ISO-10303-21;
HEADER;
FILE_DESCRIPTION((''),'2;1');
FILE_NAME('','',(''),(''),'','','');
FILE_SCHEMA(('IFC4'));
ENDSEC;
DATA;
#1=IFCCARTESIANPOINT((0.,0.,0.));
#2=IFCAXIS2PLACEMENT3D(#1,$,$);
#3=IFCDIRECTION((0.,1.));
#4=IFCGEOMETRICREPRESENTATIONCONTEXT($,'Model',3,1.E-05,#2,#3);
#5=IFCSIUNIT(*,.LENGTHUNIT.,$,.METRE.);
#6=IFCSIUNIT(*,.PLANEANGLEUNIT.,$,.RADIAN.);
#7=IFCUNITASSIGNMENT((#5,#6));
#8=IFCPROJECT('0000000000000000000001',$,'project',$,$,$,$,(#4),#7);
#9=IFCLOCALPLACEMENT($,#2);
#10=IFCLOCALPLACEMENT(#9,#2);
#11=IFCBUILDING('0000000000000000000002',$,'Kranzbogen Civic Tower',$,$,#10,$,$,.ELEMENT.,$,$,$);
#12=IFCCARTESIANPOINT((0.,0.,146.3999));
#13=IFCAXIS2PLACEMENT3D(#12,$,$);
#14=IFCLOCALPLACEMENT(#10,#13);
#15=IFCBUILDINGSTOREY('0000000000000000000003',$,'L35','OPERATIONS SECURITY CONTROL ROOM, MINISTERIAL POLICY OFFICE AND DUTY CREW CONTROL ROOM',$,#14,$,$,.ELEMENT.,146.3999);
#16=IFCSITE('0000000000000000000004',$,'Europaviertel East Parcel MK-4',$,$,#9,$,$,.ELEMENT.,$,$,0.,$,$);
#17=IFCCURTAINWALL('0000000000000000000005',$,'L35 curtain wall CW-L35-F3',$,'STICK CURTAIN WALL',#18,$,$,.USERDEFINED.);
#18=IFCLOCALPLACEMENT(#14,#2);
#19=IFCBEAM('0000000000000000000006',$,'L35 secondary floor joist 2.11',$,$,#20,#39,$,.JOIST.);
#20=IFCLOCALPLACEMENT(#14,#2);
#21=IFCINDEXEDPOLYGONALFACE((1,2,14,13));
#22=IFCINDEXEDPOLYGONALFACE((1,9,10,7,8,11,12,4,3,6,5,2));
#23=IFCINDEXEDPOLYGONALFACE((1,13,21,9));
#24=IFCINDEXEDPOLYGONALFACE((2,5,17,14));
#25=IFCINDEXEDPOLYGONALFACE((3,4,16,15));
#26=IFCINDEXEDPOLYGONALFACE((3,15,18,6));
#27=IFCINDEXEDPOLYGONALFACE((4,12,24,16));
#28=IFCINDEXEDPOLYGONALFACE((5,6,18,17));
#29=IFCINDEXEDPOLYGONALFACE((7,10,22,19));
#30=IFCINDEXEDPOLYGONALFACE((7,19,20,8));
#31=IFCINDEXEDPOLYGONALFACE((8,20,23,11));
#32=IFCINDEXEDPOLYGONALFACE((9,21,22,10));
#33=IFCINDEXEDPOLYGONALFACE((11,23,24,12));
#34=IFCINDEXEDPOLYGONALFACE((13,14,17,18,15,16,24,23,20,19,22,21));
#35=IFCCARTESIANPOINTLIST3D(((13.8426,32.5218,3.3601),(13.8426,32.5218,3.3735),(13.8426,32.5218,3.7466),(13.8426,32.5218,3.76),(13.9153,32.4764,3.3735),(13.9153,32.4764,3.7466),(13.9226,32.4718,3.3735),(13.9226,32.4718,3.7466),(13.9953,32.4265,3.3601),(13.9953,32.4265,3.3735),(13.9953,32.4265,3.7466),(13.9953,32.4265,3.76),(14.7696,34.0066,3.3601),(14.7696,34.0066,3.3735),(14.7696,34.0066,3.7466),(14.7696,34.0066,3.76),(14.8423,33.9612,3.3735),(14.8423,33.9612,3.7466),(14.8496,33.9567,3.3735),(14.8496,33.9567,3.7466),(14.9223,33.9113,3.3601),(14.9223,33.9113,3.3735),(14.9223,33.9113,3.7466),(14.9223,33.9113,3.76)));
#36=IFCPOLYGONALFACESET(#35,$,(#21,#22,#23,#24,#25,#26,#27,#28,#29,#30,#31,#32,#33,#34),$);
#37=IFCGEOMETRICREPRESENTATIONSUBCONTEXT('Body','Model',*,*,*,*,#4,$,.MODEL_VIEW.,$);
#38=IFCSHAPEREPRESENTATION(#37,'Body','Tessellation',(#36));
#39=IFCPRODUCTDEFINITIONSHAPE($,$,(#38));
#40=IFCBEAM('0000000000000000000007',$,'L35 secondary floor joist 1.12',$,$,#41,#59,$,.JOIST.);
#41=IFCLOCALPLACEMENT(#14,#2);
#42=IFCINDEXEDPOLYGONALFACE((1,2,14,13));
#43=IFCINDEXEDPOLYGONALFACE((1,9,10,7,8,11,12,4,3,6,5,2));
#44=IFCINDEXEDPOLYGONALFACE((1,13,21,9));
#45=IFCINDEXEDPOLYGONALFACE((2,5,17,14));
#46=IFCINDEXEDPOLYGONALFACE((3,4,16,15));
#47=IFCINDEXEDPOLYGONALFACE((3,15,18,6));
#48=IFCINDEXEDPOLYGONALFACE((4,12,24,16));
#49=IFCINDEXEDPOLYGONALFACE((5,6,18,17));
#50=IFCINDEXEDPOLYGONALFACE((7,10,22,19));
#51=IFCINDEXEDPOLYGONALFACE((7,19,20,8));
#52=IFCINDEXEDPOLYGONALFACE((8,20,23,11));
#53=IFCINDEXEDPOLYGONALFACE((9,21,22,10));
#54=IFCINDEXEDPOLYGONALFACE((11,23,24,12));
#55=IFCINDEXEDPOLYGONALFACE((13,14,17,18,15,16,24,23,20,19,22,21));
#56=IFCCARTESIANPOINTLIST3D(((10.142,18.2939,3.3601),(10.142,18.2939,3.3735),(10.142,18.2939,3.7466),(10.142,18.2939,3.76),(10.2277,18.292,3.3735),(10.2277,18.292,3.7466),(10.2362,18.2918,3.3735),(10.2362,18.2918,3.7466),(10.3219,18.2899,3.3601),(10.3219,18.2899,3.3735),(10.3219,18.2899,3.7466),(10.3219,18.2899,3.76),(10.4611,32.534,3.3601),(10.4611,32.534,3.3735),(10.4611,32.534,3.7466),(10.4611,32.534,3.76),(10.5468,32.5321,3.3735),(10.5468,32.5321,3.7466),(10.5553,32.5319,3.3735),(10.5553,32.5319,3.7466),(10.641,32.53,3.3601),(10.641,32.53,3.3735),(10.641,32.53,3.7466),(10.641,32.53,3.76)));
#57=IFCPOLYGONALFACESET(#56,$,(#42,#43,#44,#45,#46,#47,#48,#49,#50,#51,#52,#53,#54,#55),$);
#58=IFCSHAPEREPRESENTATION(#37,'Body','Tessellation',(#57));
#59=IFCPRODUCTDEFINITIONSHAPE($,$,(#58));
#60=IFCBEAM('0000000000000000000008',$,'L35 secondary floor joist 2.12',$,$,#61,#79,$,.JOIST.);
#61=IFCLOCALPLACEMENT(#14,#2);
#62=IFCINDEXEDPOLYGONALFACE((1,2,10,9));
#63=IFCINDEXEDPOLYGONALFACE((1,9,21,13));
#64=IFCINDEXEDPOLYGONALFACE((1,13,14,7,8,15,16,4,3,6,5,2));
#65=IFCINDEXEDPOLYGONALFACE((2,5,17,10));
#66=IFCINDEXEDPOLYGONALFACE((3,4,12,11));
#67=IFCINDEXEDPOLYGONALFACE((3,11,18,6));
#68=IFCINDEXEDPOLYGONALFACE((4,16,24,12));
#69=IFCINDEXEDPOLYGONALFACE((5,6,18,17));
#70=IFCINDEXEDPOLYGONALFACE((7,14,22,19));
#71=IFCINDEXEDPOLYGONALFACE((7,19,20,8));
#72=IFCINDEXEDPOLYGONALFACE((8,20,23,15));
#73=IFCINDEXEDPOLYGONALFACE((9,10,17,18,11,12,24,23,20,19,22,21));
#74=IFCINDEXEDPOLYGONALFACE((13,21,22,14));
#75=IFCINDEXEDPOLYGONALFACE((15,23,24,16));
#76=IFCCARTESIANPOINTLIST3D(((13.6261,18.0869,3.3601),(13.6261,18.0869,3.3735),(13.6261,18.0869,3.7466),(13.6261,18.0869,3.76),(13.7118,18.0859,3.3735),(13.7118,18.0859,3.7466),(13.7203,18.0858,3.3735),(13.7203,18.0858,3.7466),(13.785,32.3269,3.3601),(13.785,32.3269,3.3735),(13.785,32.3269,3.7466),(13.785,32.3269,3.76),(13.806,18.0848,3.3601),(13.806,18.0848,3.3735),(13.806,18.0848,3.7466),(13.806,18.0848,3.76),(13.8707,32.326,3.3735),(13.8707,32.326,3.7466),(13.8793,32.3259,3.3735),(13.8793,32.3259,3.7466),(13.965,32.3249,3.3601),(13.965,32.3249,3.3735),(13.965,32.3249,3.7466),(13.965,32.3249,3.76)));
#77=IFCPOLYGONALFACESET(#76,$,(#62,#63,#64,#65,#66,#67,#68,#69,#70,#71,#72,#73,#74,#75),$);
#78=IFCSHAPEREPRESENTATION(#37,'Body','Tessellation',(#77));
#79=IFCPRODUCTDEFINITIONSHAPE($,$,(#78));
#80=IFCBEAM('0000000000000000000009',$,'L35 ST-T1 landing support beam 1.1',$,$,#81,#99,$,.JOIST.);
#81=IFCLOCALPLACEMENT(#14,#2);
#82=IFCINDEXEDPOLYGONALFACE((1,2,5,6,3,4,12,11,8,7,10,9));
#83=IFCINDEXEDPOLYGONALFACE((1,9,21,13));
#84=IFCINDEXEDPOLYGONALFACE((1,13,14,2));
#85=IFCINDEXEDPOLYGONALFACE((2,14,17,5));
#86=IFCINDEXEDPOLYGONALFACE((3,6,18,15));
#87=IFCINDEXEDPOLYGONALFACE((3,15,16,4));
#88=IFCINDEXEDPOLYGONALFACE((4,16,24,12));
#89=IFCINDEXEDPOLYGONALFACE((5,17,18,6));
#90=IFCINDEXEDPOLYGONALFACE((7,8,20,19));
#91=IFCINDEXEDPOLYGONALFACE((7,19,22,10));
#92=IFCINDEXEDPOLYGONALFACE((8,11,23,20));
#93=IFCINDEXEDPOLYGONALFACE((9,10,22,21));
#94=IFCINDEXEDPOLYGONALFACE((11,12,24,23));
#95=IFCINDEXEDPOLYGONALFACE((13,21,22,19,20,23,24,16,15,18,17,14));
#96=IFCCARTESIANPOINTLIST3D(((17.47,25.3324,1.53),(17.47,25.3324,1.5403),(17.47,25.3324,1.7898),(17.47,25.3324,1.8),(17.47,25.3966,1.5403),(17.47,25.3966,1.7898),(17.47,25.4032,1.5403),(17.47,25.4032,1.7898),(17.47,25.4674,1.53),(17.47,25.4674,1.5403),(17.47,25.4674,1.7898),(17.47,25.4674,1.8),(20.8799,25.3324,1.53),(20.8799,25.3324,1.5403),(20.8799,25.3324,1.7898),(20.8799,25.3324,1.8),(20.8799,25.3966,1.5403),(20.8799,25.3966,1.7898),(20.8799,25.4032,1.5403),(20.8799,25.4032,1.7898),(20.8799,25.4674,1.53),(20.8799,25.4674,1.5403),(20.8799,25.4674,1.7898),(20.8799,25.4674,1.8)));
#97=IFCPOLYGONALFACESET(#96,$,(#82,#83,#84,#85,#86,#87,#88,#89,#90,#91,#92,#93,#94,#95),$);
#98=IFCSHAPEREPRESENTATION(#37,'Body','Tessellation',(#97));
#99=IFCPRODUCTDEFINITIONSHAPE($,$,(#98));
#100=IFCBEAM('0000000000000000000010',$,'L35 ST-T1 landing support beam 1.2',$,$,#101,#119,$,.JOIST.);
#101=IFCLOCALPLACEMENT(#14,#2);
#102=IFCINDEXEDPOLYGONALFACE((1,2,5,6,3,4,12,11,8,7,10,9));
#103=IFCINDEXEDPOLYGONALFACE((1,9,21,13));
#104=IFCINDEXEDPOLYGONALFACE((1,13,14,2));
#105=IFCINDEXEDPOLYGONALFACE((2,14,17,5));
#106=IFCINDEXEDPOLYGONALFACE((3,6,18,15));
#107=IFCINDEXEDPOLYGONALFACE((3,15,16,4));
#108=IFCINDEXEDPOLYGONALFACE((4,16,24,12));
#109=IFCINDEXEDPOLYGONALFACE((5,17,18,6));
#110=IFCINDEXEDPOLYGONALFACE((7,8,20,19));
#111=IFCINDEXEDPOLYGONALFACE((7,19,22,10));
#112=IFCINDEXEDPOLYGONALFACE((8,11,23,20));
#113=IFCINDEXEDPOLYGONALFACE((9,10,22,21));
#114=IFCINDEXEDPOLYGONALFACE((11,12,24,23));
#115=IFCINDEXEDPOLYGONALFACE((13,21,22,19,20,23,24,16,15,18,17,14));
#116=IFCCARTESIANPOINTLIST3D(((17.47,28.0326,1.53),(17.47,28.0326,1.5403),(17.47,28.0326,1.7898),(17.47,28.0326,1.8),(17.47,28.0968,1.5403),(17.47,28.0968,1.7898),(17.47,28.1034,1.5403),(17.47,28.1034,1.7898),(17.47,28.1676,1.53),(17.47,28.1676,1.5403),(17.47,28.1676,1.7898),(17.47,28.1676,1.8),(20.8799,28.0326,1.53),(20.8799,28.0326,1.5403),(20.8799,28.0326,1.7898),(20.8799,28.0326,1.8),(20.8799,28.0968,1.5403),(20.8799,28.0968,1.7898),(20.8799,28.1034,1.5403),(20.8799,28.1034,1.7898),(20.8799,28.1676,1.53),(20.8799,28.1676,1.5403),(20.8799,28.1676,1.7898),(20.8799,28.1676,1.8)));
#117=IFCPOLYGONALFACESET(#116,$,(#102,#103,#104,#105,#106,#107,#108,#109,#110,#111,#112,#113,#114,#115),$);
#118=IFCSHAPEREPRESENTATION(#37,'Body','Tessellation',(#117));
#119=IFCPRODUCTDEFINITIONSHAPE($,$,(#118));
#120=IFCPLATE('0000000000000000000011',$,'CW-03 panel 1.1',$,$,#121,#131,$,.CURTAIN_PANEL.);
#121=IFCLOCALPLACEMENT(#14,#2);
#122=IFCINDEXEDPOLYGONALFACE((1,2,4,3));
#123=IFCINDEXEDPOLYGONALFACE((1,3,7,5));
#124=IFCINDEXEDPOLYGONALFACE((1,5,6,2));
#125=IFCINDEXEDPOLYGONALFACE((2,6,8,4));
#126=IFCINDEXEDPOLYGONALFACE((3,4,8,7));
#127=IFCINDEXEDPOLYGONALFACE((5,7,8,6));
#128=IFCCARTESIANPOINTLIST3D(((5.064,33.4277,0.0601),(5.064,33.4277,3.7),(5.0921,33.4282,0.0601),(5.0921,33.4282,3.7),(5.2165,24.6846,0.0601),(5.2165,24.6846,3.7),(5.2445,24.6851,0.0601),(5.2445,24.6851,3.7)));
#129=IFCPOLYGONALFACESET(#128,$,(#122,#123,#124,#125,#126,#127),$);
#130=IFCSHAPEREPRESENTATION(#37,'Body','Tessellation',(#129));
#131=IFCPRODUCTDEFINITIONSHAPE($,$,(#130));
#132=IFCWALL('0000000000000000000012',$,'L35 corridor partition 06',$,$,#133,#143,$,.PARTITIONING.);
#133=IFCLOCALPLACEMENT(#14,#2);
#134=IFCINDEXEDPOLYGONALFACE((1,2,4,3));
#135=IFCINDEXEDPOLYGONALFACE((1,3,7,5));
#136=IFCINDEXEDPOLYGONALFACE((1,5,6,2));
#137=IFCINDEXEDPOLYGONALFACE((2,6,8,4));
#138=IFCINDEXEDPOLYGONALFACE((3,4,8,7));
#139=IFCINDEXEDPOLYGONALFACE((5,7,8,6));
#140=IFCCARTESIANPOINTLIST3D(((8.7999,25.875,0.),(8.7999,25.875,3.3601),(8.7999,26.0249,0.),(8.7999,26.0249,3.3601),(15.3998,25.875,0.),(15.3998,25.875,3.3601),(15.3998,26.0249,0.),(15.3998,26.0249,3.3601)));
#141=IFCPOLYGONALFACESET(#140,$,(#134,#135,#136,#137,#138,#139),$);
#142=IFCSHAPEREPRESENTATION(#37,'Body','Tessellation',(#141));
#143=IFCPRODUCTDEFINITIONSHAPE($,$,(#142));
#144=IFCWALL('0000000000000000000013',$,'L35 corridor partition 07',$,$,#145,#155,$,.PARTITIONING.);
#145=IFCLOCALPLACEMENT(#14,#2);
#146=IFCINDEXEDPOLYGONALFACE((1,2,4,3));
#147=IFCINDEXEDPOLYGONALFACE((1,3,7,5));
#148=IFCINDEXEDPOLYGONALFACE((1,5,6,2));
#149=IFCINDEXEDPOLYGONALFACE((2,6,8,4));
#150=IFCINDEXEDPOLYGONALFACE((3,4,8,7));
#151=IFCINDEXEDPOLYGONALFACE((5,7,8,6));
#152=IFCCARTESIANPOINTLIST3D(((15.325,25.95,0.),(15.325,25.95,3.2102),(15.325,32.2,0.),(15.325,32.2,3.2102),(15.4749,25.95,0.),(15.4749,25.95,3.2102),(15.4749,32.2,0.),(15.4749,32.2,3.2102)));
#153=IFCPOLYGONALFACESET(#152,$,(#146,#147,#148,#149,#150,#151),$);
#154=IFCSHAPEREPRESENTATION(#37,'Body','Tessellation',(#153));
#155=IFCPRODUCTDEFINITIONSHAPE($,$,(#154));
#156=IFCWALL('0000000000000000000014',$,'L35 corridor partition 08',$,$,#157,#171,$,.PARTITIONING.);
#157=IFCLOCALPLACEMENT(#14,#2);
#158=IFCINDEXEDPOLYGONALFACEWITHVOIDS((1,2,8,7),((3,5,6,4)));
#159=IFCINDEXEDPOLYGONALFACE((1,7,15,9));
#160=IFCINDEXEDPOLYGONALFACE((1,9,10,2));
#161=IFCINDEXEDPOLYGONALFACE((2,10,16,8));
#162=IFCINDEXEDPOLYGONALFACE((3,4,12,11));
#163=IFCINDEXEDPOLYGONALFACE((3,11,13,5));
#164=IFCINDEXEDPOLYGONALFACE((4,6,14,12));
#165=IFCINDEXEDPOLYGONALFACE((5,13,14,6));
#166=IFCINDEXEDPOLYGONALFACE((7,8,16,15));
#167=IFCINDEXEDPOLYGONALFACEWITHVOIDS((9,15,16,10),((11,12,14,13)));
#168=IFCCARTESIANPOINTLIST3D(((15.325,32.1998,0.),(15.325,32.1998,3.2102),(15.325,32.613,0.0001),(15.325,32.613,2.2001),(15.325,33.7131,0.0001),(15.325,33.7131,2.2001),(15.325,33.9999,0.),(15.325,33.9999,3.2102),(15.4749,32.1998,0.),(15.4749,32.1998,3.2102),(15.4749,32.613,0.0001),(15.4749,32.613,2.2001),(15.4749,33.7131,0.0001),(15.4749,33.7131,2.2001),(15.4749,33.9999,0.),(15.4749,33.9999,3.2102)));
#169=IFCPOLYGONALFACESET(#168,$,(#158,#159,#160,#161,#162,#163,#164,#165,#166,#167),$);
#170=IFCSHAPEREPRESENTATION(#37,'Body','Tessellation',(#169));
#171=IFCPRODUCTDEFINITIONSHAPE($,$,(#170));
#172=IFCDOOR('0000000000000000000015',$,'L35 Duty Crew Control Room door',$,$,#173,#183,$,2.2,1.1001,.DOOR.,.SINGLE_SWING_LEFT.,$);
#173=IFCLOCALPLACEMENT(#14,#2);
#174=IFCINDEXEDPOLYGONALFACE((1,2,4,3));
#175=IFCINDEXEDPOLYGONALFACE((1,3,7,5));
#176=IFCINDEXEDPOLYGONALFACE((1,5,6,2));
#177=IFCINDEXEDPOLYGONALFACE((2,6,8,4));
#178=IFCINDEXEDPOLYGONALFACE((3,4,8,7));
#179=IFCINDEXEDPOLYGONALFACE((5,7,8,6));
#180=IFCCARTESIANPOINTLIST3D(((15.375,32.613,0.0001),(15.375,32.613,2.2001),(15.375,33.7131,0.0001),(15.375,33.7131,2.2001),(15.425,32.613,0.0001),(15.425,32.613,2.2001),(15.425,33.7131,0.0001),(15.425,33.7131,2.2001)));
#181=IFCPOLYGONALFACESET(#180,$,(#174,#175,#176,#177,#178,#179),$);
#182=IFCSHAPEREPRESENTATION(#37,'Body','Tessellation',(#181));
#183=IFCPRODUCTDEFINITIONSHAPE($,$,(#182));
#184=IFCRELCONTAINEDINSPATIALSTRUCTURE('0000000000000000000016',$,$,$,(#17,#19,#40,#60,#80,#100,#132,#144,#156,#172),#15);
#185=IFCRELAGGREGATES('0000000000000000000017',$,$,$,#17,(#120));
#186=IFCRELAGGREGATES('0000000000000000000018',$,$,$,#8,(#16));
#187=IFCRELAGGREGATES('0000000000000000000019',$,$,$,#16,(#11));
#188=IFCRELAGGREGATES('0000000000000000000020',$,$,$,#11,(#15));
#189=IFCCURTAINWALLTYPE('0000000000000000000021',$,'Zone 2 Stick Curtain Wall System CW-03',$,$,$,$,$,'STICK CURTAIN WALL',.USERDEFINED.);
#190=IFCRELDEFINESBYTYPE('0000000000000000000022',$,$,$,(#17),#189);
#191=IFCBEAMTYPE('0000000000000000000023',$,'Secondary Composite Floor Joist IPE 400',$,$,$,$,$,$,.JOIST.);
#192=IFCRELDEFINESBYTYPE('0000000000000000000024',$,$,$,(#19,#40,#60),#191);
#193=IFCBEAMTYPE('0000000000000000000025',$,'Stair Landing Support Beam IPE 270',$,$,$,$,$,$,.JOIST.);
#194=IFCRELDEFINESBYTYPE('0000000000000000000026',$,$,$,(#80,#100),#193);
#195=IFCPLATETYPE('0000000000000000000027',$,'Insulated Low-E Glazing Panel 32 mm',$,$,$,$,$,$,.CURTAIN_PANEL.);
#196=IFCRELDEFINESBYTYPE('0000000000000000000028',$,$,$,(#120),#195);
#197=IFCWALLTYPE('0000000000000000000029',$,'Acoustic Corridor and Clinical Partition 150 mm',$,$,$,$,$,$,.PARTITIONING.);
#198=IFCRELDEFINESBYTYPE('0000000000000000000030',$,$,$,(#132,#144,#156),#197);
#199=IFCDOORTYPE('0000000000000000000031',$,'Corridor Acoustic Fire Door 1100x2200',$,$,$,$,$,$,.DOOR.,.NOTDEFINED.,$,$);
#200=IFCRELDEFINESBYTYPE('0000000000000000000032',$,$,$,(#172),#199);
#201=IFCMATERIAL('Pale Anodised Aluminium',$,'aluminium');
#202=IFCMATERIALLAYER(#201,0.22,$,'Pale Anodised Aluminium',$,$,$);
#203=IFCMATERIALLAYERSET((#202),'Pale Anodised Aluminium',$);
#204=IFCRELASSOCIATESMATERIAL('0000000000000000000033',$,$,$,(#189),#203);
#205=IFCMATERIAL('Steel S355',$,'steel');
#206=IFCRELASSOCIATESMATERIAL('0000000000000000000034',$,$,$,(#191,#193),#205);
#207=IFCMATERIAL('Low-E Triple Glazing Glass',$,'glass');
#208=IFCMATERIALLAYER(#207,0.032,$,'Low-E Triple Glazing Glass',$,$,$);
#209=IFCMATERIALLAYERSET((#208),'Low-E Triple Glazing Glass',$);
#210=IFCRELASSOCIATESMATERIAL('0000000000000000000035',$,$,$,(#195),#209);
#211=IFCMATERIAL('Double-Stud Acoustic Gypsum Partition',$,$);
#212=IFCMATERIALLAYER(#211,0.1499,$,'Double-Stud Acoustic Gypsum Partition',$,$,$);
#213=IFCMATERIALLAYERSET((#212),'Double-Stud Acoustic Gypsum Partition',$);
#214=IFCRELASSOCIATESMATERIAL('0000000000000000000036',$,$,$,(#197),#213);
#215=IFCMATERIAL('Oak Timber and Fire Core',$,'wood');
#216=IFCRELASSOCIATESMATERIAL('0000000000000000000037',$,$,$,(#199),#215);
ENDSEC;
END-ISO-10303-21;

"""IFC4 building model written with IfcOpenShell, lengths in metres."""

from ifc_helpers import new_model, si_unit, direction, frame, frame_2d, origin, origin_2d, place, context, subcontext, project, spatial, rectangle, i_section, extrude, material, layer, layer_set, material_profile, profile_set, type_object, element, fill, aggregate, save


model = new_model("IFC4")

# Units and contexts
model_context = context("Model", 3, precision=1e-05, world=origin(), true_north=direction((0.0, 1.0)))
body_context = subcontext(model_context, "Body", "Model", "MODEL_VIEW")
ifc_project = project(units=[si_unit("LENGTHUNIT", "METRE"), si_unit("PLANEANGLEUNIT", "RADIAN")], contexts=[model_context])

# Site, building, storey
site_placement = place(None, origin())
site = spatial("IfcSite", under=ifc_project, at=site_placement, Name="Europaviertel East Parcel MK-4", CompositionType="ELEMENT", RefElevation=0.0)
building_placement = place(site_placement, origin())
building = spatial("IfcBuilding", under=site, at=building_placement, Name="Kranzbogen Civic Tower", CompositionType="ELEMENT")
storey_placement = place(building_placement, frame((0.0, 0.0, 146.3999)))
storey = spatial("IfcBuildingStorey", under=building, at=storey_placement, Name="L35", Description="OPERATIONS SECURITY CONTROL ROOM, MINISTERIAL POLICY OFFICE AND DUTY CREW CONTROL ROOM", CompositionType="ELEMENT", Elevation=146.3999)

# Shared definitions
ifc_material_1 = material(Name="Steel S355", Category="steel")

# Curtain wall
ifc_material_2 = material(Name="Pale Anodised Aluminium", Category="aluminium")
ifc_layer_1 = layer(ifc_material_2, 0.22, Name="Pale Anodised Aluminium")
ifc_layer_set_1 = layer_set([ifc_layer_1], Name="Pale Anodised Aluminium")
curtain_wall_type = type_object("IfcCurtainWallType", Name="Zone 2 Stick Curtain Wall System CW-03", ElementType="STICK CURTAIN WALL", PredefinedType="USERDEFINED", material=ifc_layer_set_1)
curtain_wall_placement = place(storey_placement, origin())
curtain_wall = element("IfcCurtainWall", 1, at=curtain_wall_placement, inside=storey, type_object=curtain_wall_type, Name="L35 curtain wall CW-L35-F3", ObjectType="STICK CURTAIN WALL", PredefinedType="USERDEFINED")

# Beams
ifc_material_profile_1 = material_profile(ifc_material_1, i_section(OverallWidth=0.1799, OverallDepth=0.3999, WebThickness=0.0085, FlangeThickness=0.0134, at=origin_2d()), Name="IPE 400")
ifc_profile_set_1 = profile_set([ifc_material_profile_1], Name="Steel S355")
beam_type_1 = type_object("IfcBeamType", Name="Secondary Composite Floor Joist IPE 400", PredefinedType="JOIST", material=ifc_profile_set_1)
beam_1_placement = place(storey_placement, frame((14.8459, 33.959, 3.5601), z_axis=(-0.529573, -0.848265, 0.0), x_axis=(0.848265, -0.529573, 0.0)))
element("IfcBeam", 2, at=beam_1_placement, inside=storey, type_object=beam_type_1, Name="L35 secondary floor joist 2.11", PredefinedType="JOIST", context=body_context, shape_type="SweptSolid", body=[
    extrude(i_section(OverallWidth=0.1799, OverallDepth=0.3999, WebThickness=0.0085, FlangeThickness=0.0134, at=origin_2d()), origin(), (0.0, 0.0, 1.0), 1.7505),
])
beam_2_placement = place(storey_placement, frame((10.551, 32.532, 3.5601), z_axis=(-0.022403, -0.999749, 0.0), x_axis=(0.999749, -0.022403, 0.0)))
element("IfcBeam", 3, at=beam_2_placement, inside=storey, type_object=beam_type_1, Name="L35 secondary floor joist 1.12", PredefinedType="JOIST", context=body_context, shape_type="SweptSolid", body=[
    extrude(i_section(OverallWidth=0.1799, OverallDepth=0.3999, WebThickness=0.0085, FlangeThickness=0.0134, at=origin_2d()), origin(), (0.0, 0.0, 1.0), 14.2437),
])
beam_3_placement = place(storey_placement, frame((13.875, 32.3259, 3.5601), z_axis=(-0.011161, -0.999938, 0.0), x_axis=(0.999938, -0.011161, 0.0)))
element("IfcBeam", 4, at=beam_3_placement, inside=storey, type_object=beam_type_1, Name="L35 secondary floor joist 2.12", PredefinedType="JOIST", context=body_context, shape_type="SweptSolid", body=[
    extrude(i_section(OverallWidth=0.1799, OverallDepth=0.3999, WebThickness=0.0085, FlangeThickness=0.0134, at=origin_2d()), origin(), (0.0, 0.0, 1.0), 14.241),
])
ifc_material_profile_2 = material_profile(ifc_material_1, i_section(OverallWidth=0.135, OverallDepth=0.27, WebThickness=0.0066, FlangeThickness=0.0103, at=origin_2d()), Name="IPE 270")
ifc_profile_set_2 = profile_set([ifc_material_profile_2], Name="Steel S355")
beam_type_2 = type_object("IfcBeamType", Name="Stair Landing Support Beam IPE 270", PredefinedType="JOIST", material=ifc_profile_set_2)
for number, where, z_axis, x_axis, name in (
    (5, (20.8799, 25.3999, 1.665), (-1.0, 0.0, 0.0), (0.0, -1.0, 0.0), "L35 ST-T1 landing support beam 1.1"),
    (6, (20.8799, 28.1001, 1.665), (-1.0, 0.0, 0.0), (0.0, -1.0, 0.0), "L35 ST-T1 landing support beam 1.2"),
):
    element("IfcBeam", number, at=place(storey_placement, frame(where, z_axis=z_axis, x_axis=x_axis)), inside=storey, type_object=beam_type_2, Name=name, PredefinedType="JOIST", context=body_context, shape_type="SweptSolid", body=[
        extrude(i_section(OverallWidth=0.135, OverallDepth=0.27, WebThickness=0.0066, FlangeThickness=0.0103, at=origin_2d()), origin(), (0.0, 0.0, 1.0), 3.4099),
    ])

# Plate
ifc_material_3 = material(Name="Low-E Triple Glazing Glass", Category="glass")
ifc_layer_2 = layer(ifc_material_3, 0.032, Name="Low-E Triple Glazing Glass")
ifc_layer_set_2 = layer_set([ifc_layer_2], Name="Low-E Triple Glazing Glass")
plate_type = type_object("IfcPlateType", Name="Insulated Low-E Glazing Panel 32 mm", PredefinedType="CURTAIN_PANEL", material=ifc_layer_set_2)
plate_placement = place(storey_placement, frame((5.1543, 29.0564, 0.0601), z_axis=(0.0, 0.0, 1.0), x_axis=(0.017432, -0.999848, 0.0)))
plate = element("IfcPlate", 7, at=plate_placement, type_object=plate_type, Name="CW-03 panel 1.1", PredefinedType="CURTAIN_PANEL", context=body_context, shape_type="SweptSolid", body=[
    extrude(rectangle(XDim=8.7444, YDim=0.0281, at=origin_2d()), origin(), (0.0, 0.0, 1.0), 3.6399),
])
aggregate(curtain_wall, [plate])

# Walls
ifc_material_4 = material(Name="Double-Stud Acoustic Gypsum Partition")
ifc_layer_3 = layer(ifc_material_4, 0.1499, Name="Double-Stud Acoustic Gypsum Partition")
ifc_layer_set_3 = layer_set([ifc_layer_3], Name="Double-Stud Acoustic Gypsum Partition")
wall_type_1 = type_object("IfcWallType", Name="Acoustic Corridor and Clinical Partition 150 mm", PredefinedType="PARTITIONING", material=ifc_layer_set_3)
wall_1_placement = place(storey_placement, frame((8.8, 25.95, 0.0), z_axis=(0.0, 0.0, 1.0), x_axis=(1.0, 0.0, 0.0)))
element("IfcWall", 8, at=wall_1_placement, inside=storey, type_object=wall_type_1, Name="L35 corridor partition 06", PredefinedType="PARTITIONING", context=body_context, shape_type="SweptSolid", body=[
    extrude(rectangle(XDim=6.5999, YDim=0.1499, at=frame_2d((3.2998, 0.0))), origin(), (0.0, 0.0, 1.0), 3.3601),
])
wall_2_placement = place(storey_placement, frame((15.3999, 25.95, 0.0), z_axis=(0.0, 0.0, 1.0), x_axis=(0.0, 1.0, 0.0)))
element("IfcWall", 9, at=wall_2_placement, inside=storey, type_object=wall_type_1, Name="L35 corridor partition 07", PredefinedType="PARTITIONING", context=body_context, shape_type="SweptSolid", body=[
    extrude(rectangle(XDim=6.25, YDim=0.1499, at=frame_2d((3.125, 0.0))), origin(), (0.0, 0.0, 1.0), 3.2102),
])

# Wall, opening, door
wall_3_placement = place(storey_placement, frame((15.3999, 32.2, 0.0), z_axis=(0.0, 0.0, 1.0), x_axis=(0.0, 1.0, 0.0)))
wall_3 = element("IfcWall", 10, at=wall_3_placement, inside=storey, type_object=wall_type_1, Name="L35 corridor partition 08", PredefinedType="PARTITIONING", context=body_context, shape_type="SweptSolid", body=[
    extrude(rectangle(XDim=1.8, YDim=0.1499, at=frame_2d((0.8999, 0.0))), origin(), (0.0, 0.0, 1.0), 3.2102),
])
opening_1_placement = place(wall_3_placement, frame((0.4131, 0.0, 0.0)))
opening_1 = element("IfcOpeningElement", 11, at=opening_1_placement, cuts=wall_3, PredefinedType="OPENING", context=body_context, shape_type="SweptSolid", body=[
    extrude(rectangle(XDim=1.1001, YDim=2.2, at=frame_2d((0.55, 1.1001))), frame((0.0, 0.085, 0.0), z_axis=(0.0, -1.0, 0.0), x_axis=(1.0, 0.0, 0.0)), (0.0, 0.0, 1.0), 0.1699),
])
ifc_material_5 = material(Name="Oak Timber and Fire Core", Category="wood")
door_type_1 = type_object("IfcDoorType", Name="Corridor Acoustic Fire Door 1100x2200", OperationType="NOTDEFINED", PredefinedType="DOOR", material=ifc_material_5)
door_1_placement = place(opening_1_placement, origin())
door_1 = element("IfcDoor", 12, at=door_1_placement, inside=storey, type_object=door_type_1, Name="L35 Duty Crew Control Room door", OperationType="SINGLE_SWING_LEFT", OverallHeight=2.2, OverallWidth=1.1001, PredefinedType="DOOR", context=body_context, shape_type="SweptSolid", body=[
    extrude(rectangle(XDim=1.1001, YDim=2.2, at=frame_2d((0.55, 1.1001))), frame((0.0, 0.0249, 0.0), z_axis=(0.0, -1.0, 0.0), x_axis=(1.0, 0.0, 0.0)), (0.0, 0.0, 1.0), 0.05),
])
fill(opening_1, door_1)

save(model, "model.ifc")
